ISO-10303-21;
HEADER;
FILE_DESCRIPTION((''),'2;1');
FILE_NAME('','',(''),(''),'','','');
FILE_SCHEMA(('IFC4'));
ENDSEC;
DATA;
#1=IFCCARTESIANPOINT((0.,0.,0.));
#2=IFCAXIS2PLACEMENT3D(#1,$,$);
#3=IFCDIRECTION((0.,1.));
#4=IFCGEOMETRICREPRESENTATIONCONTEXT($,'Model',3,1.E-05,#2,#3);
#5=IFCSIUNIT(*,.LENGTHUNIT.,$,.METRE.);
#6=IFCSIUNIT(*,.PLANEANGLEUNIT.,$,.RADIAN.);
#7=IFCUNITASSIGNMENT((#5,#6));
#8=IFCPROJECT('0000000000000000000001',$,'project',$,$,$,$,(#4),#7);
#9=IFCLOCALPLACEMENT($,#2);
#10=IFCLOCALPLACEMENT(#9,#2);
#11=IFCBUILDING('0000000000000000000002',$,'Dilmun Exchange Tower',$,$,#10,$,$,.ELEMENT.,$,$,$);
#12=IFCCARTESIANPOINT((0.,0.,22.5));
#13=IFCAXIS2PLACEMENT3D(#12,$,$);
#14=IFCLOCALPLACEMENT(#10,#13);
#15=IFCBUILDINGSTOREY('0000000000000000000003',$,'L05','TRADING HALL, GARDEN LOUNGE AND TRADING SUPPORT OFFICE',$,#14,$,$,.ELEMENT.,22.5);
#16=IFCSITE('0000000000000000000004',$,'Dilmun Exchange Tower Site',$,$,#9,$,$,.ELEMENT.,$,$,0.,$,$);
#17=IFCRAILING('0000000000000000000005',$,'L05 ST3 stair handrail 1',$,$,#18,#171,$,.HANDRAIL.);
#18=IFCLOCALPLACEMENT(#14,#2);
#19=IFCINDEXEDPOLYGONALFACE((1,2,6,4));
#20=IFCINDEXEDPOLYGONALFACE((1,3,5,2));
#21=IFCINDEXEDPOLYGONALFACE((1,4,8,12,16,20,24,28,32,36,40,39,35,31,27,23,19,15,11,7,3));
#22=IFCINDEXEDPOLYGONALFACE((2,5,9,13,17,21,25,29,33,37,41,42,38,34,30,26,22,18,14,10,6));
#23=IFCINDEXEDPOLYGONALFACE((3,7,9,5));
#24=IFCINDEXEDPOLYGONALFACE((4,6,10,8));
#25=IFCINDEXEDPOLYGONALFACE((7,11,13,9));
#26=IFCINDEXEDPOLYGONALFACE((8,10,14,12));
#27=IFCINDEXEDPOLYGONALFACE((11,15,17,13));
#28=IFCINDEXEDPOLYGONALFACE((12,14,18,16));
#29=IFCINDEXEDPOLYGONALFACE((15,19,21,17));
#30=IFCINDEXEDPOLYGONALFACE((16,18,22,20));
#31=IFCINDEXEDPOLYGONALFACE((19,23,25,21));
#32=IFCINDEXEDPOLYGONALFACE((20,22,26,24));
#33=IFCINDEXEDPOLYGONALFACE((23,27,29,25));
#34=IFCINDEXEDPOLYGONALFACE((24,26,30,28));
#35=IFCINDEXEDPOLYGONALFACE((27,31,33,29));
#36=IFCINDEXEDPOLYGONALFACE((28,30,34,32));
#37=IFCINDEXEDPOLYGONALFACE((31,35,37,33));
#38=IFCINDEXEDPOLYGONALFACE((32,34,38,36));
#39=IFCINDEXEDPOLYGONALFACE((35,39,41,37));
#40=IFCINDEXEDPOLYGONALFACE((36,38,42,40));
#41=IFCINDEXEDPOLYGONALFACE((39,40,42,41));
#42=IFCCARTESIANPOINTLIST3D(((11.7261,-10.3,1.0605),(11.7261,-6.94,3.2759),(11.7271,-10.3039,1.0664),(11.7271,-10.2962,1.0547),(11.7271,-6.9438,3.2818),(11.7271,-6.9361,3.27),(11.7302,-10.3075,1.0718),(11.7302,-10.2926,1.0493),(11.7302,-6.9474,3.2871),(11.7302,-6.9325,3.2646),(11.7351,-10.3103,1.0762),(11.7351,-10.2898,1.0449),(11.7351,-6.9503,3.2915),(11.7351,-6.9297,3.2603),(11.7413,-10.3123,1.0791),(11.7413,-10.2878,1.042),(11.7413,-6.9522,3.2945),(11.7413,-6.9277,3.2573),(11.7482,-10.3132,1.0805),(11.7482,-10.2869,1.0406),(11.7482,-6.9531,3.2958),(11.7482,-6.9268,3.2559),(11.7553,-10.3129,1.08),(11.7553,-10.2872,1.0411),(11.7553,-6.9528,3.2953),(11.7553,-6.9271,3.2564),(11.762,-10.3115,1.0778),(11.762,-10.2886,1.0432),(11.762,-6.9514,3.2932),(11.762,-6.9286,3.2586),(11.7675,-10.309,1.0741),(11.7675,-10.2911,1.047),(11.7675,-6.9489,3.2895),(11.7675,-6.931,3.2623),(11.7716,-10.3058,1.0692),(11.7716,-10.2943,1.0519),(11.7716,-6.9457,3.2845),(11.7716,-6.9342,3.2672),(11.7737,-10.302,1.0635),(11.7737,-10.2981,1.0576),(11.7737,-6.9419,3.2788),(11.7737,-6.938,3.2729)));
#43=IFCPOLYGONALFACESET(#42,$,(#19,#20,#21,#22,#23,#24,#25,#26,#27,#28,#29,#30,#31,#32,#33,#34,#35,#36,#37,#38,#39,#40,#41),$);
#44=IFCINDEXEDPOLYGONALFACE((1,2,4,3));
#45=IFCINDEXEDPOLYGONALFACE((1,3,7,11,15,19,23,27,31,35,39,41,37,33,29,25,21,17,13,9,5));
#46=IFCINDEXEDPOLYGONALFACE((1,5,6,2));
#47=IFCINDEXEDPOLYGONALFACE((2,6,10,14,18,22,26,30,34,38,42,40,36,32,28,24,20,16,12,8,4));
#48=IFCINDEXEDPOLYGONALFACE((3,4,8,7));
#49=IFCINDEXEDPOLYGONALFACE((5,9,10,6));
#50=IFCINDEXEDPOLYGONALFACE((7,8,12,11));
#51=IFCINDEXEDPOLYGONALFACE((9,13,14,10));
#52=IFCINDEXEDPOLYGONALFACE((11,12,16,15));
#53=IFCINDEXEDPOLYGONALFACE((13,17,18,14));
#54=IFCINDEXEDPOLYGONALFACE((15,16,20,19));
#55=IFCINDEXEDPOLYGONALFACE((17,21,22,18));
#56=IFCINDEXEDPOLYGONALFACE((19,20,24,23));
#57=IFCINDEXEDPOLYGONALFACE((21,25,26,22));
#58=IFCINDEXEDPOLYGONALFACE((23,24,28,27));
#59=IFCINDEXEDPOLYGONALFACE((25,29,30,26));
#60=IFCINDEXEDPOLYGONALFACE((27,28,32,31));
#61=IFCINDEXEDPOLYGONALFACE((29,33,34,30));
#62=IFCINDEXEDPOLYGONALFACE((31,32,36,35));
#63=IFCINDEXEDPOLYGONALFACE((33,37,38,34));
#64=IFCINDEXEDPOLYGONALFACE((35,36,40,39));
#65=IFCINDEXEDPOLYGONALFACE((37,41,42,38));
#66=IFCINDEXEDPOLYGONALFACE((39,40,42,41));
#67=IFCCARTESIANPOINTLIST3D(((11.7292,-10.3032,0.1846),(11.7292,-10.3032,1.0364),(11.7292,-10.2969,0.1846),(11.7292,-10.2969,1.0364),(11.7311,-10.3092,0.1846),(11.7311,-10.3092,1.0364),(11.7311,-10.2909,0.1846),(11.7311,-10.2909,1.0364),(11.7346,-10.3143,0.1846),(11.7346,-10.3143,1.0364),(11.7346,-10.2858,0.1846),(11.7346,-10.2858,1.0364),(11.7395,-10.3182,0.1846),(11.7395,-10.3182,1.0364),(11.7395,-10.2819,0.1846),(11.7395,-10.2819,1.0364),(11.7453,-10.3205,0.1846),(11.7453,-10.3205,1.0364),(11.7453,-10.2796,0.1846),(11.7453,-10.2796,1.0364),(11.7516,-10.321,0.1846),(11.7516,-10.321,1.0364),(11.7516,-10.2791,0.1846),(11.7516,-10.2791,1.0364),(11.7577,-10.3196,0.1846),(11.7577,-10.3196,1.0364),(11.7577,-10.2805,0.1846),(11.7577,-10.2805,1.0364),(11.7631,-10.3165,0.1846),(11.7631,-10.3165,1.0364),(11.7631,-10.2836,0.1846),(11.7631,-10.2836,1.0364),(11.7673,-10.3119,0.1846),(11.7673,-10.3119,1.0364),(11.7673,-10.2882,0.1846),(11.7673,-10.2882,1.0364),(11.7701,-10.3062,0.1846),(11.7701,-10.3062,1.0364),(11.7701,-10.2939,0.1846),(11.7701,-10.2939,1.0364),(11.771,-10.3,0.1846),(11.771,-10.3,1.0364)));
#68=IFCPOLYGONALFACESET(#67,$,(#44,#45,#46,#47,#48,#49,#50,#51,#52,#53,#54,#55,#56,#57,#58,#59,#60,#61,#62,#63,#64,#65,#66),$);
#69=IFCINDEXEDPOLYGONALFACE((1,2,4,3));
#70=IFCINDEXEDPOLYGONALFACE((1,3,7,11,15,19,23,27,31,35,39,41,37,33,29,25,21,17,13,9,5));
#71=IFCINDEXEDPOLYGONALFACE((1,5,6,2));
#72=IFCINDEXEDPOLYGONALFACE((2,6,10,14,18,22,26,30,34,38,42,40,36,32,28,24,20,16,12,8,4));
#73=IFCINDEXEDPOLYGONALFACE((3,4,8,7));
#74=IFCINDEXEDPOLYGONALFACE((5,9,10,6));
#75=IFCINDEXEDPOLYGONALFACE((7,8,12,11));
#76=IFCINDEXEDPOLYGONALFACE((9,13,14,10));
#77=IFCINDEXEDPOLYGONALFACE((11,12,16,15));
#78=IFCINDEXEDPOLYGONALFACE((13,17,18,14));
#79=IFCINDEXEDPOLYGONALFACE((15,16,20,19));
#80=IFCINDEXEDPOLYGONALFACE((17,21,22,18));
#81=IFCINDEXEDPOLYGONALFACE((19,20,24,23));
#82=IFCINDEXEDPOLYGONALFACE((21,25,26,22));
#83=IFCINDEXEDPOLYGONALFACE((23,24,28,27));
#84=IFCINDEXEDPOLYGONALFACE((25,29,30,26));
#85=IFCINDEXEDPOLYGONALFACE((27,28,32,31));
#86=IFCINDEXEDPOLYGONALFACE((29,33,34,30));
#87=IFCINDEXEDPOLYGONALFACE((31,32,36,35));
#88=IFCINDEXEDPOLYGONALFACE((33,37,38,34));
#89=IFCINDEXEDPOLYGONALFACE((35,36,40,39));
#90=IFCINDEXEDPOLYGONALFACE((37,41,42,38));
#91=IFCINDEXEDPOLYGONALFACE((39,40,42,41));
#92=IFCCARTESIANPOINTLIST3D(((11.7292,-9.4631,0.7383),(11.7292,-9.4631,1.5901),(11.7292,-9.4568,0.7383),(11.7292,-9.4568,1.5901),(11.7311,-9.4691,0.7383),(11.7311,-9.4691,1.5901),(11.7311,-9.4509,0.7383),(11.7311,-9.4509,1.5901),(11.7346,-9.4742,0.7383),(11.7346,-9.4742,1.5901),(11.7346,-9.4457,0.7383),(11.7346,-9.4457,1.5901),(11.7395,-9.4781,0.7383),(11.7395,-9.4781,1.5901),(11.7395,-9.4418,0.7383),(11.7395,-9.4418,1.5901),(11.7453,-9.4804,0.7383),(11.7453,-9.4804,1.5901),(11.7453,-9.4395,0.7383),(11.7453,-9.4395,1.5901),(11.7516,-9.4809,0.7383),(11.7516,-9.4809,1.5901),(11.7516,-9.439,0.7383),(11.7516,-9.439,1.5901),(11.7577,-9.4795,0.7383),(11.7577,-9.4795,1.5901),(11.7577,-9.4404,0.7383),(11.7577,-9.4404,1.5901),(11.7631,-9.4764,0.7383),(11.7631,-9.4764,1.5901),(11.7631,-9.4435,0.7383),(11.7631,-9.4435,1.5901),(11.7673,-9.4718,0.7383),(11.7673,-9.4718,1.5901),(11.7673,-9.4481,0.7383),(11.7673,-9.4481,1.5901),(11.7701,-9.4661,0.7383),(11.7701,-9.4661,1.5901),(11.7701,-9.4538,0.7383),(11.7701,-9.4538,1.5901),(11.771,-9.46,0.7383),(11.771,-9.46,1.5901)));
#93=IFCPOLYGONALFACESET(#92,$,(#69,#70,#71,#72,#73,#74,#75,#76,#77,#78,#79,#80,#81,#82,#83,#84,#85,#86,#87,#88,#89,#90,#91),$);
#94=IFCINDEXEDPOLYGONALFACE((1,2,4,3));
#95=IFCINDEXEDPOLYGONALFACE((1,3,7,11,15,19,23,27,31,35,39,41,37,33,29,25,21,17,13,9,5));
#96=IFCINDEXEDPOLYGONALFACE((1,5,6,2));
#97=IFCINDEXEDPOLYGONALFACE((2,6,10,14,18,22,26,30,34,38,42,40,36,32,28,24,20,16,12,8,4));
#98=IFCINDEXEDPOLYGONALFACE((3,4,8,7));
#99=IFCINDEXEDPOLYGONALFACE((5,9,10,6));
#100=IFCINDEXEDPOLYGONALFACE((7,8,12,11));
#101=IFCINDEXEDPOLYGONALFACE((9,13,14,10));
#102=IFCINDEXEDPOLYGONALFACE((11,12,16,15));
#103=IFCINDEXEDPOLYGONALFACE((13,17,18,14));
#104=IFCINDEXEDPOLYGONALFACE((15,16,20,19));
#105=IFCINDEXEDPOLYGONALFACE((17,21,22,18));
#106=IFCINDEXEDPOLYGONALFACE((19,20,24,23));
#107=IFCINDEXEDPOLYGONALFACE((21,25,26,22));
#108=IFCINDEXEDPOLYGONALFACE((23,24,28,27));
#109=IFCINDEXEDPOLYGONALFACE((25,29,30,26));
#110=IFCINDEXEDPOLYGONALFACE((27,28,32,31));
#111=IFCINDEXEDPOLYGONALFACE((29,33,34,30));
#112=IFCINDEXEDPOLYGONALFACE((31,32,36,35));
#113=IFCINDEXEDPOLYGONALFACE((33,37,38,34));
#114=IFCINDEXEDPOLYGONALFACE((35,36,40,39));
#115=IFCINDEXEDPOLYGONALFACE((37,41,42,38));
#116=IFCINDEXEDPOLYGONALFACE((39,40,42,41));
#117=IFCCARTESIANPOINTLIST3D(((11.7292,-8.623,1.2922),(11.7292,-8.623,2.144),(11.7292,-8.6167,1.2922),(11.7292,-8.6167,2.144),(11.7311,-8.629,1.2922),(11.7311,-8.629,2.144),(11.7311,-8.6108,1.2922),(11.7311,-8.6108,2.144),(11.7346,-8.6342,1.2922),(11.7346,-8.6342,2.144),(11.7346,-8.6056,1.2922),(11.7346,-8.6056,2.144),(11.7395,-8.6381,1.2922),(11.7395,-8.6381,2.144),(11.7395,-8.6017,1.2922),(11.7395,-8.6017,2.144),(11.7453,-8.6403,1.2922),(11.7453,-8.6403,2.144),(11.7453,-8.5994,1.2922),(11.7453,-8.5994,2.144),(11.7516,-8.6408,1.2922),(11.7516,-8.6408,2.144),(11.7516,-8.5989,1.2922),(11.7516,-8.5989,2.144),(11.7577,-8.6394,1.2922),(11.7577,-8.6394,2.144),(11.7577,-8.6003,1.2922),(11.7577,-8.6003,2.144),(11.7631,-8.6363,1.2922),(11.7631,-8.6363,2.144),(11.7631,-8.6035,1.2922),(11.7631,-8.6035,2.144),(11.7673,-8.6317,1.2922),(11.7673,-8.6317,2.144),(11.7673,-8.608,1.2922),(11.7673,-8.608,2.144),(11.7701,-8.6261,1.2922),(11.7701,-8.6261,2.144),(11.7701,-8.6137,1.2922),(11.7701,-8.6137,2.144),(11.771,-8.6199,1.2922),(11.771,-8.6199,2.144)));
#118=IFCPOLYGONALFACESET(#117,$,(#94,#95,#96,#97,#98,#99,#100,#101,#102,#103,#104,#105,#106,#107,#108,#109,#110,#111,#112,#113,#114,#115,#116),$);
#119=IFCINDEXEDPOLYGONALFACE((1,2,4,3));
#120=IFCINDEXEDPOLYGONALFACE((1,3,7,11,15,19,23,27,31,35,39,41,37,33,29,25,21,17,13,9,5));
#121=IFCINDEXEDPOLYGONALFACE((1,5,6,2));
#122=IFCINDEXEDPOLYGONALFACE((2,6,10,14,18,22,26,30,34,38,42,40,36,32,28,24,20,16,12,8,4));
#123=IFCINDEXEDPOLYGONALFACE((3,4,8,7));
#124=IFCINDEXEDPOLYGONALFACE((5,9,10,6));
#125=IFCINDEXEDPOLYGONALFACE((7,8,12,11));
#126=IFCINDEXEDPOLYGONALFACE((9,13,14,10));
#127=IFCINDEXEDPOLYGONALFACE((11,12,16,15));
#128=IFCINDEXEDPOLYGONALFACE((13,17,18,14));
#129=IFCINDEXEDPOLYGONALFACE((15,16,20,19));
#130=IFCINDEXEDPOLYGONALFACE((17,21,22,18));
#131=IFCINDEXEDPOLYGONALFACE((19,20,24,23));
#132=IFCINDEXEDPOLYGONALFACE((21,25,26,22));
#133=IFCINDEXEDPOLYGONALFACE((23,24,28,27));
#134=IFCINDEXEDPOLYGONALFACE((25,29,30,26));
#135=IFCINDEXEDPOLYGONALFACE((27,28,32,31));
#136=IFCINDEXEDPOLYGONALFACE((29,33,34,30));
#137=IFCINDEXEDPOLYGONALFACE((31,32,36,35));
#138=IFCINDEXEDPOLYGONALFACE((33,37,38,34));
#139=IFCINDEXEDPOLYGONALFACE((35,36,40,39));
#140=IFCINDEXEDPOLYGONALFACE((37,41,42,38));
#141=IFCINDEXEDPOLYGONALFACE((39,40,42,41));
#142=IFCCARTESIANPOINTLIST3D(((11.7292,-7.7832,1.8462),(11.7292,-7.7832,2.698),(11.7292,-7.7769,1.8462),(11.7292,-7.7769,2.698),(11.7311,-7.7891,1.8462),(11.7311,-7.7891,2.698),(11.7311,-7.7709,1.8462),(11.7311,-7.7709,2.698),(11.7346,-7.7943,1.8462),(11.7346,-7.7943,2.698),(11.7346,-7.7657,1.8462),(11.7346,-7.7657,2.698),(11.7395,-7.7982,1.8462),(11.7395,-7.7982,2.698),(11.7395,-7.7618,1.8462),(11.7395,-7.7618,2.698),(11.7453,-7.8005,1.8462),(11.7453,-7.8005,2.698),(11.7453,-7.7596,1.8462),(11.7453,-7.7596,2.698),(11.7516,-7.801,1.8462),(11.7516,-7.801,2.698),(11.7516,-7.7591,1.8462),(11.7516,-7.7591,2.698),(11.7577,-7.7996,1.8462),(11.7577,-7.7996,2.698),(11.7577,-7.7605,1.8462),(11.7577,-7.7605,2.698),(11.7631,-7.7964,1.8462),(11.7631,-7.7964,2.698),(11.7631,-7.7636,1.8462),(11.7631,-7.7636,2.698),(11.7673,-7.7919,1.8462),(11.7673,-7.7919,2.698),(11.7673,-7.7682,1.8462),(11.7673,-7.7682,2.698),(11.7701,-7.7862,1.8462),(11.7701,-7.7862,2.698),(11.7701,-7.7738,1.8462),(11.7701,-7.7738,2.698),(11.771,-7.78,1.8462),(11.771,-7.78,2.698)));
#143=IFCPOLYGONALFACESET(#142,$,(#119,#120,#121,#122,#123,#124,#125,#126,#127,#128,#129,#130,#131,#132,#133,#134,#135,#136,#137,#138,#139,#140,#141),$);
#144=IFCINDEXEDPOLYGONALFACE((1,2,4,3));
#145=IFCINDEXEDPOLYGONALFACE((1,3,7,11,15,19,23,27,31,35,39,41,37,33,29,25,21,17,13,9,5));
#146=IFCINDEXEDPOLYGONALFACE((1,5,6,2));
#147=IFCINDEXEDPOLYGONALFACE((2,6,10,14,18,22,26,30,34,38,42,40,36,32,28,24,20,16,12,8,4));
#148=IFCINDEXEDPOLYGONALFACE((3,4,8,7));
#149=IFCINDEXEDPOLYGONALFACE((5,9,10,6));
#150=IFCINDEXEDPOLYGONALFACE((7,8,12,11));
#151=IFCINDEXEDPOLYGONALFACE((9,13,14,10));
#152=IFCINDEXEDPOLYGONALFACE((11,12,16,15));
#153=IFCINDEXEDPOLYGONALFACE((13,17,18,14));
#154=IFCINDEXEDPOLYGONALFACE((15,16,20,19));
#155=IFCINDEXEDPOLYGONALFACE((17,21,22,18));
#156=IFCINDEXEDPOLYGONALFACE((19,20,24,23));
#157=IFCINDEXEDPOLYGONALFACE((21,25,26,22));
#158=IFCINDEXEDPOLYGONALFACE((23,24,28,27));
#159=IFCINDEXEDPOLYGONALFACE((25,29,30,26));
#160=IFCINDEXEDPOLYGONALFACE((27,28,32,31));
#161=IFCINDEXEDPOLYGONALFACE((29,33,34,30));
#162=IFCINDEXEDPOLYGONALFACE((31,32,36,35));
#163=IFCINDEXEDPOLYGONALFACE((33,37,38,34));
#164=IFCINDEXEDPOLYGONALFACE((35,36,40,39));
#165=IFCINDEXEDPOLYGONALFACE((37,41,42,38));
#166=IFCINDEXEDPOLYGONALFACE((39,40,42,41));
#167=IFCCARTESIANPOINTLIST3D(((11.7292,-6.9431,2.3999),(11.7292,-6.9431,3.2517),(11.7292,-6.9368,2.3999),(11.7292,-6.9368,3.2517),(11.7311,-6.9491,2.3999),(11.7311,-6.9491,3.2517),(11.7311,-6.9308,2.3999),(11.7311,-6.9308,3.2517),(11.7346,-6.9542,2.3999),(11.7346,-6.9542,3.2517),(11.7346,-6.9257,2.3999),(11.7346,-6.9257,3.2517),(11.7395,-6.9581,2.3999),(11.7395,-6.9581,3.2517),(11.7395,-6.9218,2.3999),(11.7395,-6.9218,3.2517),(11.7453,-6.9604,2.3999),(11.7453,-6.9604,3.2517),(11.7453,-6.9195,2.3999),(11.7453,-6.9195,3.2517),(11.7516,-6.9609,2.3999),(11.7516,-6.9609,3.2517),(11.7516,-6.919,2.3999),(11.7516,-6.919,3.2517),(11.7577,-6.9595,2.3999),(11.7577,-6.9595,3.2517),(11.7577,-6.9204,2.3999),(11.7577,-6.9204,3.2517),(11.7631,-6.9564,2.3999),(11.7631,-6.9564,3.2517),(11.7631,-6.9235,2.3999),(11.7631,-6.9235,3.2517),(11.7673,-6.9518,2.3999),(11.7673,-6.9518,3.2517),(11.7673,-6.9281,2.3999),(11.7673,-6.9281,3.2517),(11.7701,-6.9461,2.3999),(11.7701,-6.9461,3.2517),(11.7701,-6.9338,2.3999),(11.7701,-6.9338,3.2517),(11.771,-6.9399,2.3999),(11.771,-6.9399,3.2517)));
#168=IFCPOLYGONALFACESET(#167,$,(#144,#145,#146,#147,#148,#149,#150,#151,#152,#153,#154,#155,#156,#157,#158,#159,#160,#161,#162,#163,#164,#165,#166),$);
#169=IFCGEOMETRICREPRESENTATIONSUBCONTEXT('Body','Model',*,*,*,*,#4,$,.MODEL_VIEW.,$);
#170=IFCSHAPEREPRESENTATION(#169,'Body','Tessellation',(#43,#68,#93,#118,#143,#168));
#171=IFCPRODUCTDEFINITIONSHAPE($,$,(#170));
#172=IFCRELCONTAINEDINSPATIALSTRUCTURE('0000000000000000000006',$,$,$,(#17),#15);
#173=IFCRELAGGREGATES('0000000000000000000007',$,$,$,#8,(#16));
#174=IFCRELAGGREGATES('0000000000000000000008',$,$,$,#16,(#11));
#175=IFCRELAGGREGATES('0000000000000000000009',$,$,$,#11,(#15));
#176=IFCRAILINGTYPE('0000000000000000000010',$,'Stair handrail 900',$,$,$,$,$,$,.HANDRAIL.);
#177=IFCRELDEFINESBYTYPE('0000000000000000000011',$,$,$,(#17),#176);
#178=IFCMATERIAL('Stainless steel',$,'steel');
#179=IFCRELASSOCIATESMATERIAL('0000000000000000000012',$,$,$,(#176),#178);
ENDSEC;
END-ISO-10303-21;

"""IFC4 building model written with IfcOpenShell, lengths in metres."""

from ifc_helpers import new_model, si_unit, direction, frame, origin, origin_2d, place, context, subcontext, project, spatial, circle, extrude, material, type_object, element, save


model = new_model("IFC4")

# Units and contexts
model_context = context("Model", 3, precision=1e-05, world=origin(), true_north=direction((0.0, 1.0)))
body_context = subcontext(model_context, "Body", "Model", "MODEL_VIEW")
ifc_project = project(units=[si_unit("LENGTHUNIT", "METRE"), si_unit("PLANEANGLEUNIT", "RADIAN")], contexts=[model_context])

# Site, building, storey
site_placement = place(None, origin())
site = spatial("IfcSite", under=ifc_project, at=site_placement, Name="Dilmun Exchange Tower Site", CompositionType="ELEMENT", RefElevation=0.0)
building_placement = place(site_placement, origin())
building = spatial("IfcBuilding", under=site, at=building_placement, Name="Dilmun Exchange Tower", CompositionType="ELEMENT")
storey_placement = place(building_placement, frame((0.0, 0.0, 22.5)))
storey = spatial("IfcBuildingStorey", under=building, at=storey_placement, Name="L05", Description="TRADING HALL, GARDEN LOUNGE AND TRADING SUPPORT OFFICE", CompositionType="ELEMENT", Elevation=22.5)

# Railing
ifc_material_1 = material(Name="Stainless steel", Category="steel")
railing_type = type_object("IfcRailingType", Name="Stair handrail 900", PredefinedType="HANDRAIL", material=ifc_material_1)
railing_placement = place(storey_placement, frame((11.75, -10.3, 0.1846)))
element("IfcRailing", 1, at=railing_placement, inside=storey, type_object=railing_type, Name="L05 ST3 stair handrail 1", PredefinedType="HANDRAIL", context=body_context, shape_type="SweptSolid", body=[
    extrude(circle(Radius=0.0239, at=origin_2d()), frame((0.0, 0.0, 0.876), z_axis=(0.0, 0.834876, 0.550437), x_axis=(-1.0, 0.0, 0.0)), (0.0, 0.0, 1.0), 4.0247),
    extrude(circle(Radius=0.021, at=origin_2d()), origin(), (0.0, 0.0, 1.0), 0.8518),
    extrude(circle(Radius=0.021, at=origin_2d()), frame((0.0, 0.8401, 0.5537)), (0.0, 0.0, 1.0), 0.8518),
    extrude(circle(Radius=0.021, at=origin_2d()), frame((0.0, 1.6802, 1.1077)), (0.0, 0.0, 1.0), 0.8518),
    extrude(circle(Radius=0.021, at=origin_2d()), frame((0.0, 2.52, 1.6616)), (0.0, 0.0, 1.0), 0.8518),
    extrude(circle(Radius=0.021, at=origin_2d()), frame((0.0, 3.3601, 2.2153)), (0.0, 0.0, 1.0), 0.8518),
])

save(model, "model.ifc")
